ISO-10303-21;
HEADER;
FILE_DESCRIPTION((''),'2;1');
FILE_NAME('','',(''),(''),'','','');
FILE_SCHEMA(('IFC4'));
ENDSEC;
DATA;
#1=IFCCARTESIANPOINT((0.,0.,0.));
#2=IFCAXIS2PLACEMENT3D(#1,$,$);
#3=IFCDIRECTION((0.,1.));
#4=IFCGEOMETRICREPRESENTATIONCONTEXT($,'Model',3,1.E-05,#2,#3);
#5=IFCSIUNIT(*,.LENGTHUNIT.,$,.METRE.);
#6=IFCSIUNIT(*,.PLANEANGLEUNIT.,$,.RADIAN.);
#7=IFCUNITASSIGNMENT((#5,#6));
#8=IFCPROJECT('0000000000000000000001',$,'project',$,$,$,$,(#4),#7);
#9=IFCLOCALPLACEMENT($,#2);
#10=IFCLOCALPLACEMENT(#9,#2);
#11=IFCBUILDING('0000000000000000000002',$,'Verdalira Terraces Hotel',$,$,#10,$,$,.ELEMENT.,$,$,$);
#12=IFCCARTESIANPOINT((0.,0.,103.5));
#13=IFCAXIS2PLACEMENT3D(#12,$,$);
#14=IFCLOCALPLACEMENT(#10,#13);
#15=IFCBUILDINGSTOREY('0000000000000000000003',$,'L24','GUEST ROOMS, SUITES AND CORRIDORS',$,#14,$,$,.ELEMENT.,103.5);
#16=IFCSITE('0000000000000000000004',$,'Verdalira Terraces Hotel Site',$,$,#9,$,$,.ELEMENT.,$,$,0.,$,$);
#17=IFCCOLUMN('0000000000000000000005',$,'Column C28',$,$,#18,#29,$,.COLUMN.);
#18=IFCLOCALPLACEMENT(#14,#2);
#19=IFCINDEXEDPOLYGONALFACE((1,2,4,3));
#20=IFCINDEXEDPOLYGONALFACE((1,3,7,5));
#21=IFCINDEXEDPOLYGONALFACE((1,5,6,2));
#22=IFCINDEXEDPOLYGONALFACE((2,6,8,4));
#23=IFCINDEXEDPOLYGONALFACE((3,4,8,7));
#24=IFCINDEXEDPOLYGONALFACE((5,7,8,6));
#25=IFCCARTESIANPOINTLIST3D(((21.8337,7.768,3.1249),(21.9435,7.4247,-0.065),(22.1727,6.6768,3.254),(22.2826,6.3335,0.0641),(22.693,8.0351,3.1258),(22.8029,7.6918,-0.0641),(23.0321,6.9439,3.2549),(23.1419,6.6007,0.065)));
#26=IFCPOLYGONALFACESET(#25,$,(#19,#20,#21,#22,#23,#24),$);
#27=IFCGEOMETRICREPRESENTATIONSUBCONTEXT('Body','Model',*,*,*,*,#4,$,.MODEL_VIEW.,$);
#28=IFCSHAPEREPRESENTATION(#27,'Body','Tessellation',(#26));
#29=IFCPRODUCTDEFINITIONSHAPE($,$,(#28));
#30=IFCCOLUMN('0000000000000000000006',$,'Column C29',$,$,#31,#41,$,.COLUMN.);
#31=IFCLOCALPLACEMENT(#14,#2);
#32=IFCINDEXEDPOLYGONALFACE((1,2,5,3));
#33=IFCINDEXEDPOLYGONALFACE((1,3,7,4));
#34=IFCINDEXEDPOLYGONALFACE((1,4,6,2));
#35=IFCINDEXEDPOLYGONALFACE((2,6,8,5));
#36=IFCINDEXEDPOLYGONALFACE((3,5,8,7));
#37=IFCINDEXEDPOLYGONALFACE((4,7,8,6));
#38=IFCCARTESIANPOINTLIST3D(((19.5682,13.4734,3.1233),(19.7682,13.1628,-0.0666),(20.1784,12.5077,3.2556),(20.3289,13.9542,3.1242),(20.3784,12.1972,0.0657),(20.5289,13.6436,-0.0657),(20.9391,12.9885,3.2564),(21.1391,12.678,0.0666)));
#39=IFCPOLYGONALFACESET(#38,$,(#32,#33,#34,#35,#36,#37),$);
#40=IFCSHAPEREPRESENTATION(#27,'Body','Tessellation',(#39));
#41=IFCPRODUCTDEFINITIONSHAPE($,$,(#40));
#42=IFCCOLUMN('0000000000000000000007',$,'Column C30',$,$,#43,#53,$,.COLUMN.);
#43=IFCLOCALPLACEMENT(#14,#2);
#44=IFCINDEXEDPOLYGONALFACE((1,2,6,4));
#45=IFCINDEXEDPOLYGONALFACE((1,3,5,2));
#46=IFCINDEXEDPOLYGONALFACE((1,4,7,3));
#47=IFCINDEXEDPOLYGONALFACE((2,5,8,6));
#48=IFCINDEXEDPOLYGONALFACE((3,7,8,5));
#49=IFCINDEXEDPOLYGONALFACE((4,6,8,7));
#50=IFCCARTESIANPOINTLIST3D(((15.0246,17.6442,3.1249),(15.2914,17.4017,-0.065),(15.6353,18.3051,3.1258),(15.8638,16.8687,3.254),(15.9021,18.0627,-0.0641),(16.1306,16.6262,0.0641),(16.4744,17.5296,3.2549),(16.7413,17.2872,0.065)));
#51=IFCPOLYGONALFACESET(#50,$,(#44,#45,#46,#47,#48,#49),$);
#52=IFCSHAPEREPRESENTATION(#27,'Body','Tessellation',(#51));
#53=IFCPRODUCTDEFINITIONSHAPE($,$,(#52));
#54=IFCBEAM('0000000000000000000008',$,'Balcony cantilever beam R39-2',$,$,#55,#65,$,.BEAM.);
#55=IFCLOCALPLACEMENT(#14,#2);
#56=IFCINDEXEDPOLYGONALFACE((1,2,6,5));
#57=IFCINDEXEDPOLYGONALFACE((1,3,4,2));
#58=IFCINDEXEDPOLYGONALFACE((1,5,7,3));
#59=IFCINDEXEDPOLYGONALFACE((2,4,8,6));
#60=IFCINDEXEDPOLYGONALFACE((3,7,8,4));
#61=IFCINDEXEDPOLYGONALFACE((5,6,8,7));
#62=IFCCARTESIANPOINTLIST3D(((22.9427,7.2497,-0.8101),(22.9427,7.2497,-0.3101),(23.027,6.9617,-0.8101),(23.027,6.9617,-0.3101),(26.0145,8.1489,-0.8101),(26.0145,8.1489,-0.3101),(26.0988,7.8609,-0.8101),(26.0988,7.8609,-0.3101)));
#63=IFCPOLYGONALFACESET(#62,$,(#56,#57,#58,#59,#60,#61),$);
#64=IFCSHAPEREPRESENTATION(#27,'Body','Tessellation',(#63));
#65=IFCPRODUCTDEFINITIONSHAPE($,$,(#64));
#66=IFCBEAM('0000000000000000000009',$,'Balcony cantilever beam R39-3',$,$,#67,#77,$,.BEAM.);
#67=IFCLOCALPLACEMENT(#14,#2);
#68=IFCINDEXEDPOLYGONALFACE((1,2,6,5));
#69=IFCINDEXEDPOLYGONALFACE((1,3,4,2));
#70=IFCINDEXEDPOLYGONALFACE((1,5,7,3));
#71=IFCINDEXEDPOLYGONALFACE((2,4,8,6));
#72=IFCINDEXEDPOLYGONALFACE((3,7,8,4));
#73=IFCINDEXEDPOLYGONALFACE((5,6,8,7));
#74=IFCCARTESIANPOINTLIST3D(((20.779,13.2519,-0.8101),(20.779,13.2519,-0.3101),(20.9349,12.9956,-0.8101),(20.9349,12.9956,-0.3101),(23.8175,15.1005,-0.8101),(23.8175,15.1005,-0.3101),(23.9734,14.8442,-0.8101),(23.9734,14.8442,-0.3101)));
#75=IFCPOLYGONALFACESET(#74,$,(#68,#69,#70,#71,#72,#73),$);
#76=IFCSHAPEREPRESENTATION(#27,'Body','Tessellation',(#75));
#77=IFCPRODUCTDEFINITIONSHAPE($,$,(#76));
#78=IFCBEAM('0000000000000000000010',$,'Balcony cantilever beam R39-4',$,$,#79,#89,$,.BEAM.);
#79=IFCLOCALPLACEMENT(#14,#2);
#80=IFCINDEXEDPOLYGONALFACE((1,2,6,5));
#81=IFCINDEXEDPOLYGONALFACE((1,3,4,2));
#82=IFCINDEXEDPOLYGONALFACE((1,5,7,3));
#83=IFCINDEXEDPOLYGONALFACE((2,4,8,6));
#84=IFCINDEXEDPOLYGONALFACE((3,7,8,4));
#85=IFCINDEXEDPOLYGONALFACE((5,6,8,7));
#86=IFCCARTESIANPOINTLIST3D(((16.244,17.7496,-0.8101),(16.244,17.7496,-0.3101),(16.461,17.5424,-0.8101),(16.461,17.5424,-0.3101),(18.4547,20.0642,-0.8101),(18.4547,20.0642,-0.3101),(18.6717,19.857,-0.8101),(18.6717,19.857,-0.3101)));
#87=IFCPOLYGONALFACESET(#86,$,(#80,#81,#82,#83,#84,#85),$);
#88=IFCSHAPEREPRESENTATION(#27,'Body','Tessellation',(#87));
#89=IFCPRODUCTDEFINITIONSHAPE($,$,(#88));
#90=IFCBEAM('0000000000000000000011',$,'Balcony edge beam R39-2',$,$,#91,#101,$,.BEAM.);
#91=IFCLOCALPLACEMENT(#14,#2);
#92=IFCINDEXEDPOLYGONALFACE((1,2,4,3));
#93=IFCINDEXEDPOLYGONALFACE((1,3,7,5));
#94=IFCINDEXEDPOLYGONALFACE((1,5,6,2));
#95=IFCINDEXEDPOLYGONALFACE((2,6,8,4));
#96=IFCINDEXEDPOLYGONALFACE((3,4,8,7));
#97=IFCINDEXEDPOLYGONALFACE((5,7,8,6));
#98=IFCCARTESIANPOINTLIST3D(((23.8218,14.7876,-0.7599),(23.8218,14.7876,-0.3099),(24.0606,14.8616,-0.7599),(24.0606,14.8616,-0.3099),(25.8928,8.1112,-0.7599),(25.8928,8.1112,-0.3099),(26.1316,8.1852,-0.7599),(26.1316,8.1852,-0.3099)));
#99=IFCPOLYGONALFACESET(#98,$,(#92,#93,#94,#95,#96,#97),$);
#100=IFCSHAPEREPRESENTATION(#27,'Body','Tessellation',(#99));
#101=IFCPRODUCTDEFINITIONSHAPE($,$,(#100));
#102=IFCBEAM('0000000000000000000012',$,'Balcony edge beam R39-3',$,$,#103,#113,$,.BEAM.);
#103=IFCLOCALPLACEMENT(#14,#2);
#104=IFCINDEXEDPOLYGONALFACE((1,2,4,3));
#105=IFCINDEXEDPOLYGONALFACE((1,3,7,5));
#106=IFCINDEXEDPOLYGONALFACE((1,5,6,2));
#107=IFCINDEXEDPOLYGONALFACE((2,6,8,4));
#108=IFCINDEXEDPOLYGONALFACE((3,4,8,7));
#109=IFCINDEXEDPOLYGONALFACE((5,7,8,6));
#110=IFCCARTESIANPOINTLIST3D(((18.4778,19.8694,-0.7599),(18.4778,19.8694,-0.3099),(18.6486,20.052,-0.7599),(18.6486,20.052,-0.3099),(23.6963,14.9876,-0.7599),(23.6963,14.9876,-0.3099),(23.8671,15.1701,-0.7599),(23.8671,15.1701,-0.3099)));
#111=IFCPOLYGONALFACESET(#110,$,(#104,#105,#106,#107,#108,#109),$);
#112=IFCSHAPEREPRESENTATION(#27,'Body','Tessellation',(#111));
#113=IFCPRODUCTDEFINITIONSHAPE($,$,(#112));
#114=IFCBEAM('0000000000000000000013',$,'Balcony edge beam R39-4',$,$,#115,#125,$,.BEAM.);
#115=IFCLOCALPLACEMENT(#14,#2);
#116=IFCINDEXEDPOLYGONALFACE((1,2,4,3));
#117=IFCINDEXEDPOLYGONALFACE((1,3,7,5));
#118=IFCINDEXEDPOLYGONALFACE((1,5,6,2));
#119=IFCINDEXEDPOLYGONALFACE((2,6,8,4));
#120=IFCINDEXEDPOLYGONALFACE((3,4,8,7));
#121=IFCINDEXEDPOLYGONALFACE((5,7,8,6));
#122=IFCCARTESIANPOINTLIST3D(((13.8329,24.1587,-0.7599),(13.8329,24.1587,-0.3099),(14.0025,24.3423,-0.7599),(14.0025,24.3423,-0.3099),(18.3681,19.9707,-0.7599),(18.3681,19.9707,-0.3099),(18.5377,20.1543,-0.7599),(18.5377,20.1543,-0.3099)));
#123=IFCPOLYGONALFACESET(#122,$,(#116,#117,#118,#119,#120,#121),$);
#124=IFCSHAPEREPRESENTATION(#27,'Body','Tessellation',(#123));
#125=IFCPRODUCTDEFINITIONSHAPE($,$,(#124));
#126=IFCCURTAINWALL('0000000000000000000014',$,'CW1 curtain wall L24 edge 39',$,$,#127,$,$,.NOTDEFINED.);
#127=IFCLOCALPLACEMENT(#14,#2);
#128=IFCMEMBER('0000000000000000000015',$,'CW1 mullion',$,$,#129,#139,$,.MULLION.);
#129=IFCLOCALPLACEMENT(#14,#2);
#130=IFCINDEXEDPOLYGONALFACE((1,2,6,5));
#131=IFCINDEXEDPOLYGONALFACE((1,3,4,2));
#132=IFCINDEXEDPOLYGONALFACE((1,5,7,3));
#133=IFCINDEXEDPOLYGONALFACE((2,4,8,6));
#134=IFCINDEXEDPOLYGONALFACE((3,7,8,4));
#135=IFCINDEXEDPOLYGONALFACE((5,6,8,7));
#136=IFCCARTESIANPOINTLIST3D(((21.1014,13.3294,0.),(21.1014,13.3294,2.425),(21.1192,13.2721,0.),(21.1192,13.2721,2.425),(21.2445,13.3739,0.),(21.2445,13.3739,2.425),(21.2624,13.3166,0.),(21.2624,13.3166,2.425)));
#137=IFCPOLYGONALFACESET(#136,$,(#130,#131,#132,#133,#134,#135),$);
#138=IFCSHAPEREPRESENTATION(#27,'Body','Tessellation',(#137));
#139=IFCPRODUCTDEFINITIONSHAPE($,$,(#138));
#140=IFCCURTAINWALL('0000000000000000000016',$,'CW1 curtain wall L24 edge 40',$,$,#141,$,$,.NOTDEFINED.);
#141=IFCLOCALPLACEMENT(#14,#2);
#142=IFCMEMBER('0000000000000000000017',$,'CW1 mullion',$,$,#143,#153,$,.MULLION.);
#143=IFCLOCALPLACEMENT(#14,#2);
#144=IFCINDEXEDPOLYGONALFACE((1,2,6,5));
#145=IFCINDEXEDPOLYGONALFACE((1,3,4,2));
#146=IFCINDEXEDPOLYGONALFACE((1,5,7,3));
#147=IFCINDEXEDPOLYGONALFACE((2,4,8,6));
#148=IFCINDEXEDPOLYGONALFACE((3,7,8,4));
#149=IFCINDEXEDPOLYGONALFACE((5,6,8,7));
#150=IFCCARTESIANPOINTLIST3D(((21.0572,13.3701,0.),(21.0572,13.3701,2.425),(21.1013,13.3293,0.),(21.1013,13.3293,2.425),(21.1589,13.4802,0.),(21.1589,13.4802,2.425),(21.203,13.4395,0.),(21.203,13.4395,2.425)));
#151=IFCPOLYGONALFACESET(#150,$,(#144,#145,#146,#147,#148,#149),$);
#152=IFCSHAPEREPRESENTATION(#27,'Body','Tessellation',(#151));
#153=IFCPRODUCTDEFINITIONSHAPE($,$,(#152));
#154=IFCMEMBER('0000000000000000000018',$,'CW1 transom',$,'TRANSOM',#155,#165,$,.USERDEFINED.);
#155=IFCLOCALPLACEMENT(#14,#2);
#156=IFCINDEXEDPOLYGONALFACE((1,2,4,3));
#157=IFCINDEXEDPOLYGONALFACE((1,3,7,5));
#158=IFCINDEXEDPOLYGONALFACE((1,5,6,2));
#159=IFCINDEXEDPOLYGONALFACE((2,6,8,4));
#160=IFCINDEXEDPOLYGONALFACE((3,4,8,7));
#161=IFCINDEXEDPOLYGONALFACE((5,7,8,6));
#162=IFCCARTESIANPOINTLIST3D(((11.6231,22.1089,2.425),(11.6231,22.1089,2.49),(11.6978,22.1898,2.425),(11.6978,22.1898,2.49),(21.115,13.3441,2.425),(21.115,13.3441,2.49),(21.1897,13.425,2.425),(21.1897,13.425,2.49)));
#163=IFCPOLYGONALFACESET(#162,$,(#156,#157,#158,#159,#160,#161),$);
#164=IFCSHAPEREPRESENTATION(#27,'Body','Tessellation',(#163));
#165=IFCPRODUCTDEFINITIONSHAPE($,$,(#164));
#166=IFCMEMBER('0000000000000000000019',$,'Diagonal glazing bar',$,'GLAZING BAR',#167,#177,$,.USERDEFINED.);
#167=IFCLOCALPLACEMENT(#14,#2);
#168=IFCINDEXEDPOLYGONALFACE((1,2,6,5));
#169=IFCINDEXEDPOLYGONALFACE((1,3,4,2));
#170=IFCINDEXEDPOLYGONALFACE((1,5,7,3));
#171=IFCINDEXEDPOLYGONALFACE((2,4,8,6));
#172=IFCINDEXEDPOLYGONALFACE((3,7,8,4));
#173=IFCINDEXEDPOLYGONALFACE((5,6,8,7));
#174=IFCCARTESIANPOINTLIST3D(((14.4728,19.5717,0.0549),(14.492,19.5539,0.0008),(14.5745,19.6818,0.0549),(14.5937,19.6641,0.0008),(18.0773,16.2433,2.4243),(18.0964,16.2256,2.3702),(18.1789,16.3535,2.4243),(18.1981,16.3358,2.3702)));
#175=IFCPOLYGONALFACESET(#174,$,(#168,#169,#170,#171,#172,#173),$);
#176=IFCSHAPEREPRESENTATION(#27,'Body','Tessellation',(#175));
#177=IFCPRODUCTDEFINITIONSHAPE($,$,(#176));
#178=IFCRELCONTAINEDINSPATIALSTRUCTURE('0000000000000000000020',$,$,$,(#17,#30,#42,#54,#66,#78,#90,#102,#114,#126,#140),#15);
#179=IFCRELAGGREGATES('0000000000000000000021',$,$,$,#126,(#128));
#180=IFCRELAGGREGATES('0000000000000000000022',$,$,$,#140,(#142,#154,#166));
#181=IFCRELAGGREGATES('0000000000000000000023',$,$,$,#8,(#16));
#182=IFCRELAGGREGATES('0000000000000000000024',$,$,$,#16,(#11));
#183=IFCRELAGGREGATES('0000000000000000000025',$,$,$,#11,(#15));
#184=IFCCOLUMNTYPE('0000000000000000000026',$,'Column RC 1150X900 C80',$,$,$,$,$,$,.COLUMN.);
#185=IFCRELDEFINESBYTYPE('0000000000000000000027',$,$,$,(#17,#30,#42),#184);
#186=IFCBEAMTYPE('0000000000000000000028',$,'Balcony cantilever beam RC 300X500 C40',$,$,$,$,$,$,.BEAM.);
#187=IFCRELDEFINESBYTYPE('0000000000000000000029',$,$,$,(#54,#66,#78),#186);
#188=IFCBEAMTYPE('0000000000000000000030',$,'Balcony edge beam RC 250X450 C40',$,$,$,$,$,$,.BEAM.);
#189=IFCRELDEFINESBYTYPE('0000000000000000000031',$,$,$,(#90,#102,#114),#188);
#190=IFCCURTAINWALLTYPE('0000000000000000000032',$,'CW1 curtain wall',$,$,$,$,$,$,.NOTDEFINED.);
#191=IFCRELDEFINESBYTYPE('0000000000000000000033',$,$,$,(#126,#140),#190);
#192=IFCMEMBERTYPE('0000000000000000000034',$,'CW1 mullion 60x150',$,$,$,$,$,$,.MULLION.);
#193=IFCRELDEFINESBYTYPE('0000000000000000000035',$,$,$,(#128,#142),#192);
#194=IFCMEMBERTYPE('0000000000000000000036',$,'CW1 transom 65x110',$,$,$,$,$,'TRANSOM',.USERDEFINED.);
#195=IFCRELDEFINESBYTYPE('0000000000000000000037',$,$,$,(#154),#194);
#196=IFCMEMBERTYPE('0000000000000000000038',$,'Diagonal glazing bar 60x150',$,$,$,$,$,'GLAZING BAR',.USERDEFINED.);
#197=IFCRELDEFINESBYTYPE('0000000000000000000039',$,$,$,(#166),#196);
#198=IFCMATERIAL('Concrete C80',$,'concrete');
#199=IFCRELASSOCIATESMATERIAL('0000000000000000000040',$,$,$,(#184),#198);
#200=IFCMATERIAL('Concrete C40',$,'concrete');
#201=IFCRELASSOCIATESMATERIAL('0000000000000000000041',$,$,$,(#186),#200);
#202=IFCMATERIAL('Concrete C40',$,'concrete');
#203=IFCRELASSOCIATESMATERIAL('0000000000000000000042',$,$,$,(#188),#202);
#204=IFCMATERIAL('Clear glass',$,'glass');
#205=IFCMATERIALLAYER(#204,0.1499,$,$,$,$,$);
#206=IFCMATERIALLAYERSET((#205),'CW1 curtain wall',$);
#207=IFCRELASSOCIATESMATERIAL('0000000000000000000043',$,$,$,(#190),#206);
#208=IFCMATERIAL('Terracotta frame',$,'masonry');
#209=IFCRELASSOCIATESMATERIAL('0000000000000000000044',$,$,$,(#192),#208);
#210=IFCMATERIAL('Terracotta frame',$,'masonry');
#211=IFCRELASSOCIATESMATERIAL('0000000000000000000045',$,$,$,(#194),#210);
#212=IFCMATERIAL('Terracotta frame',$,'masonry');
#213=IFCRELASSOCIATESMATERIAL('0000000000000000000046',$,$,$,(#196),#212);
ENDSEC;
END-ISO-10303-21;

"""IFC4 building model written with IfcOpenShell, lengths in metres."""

from ifc_helpers import new_model, si_unit, direction, frame, origin, origin_2d, place, context, subcontext, project, spatial, rectangle, extrude, material, layer, layer_set, material_profile, profile_set, type_object, element, aggregate, save


model = new_model("IFC4")

# Units and contexts
model_context = context("Model", 3, precision=1e-05, world=origin(), true_north=direction((0.0, 1.0)))
body_context = subcontext(model_context, "Body", "Model", "MODEL_VIEW")
ifc_project = project(units=[si_unit("LENGTHUNIT", "METRE"), si_unit("PLANEANGLEUNIT", "RADIAN")], contexts=[model_context])

# Site, building, storey
site_placement = place(None, origin())
site = spatial("IfcSite", under=ifc_project, at=site_placement, Name="Verdalira Terraces Hotel Site", CompositionType="ELEMENT", RefElevation=0.0)
building_placement = place(site_placement, origin())
building = spatial("IfcBuilding", under=site, at=building_placement, Name="Verdalira Terraces Hotel", CompositionType="ELEMENT")
storey_placement = place(building_placement, frame((0.0, 0.0, 103.5)))
storey = spatial("IfcBuildingStorey", under=building, at=storey_placement, Name="L24", Description="GUEST ROOMS, SUITES AND CORRIDORS", CompositionType="ELEMENT", Elevation=103.5)

# Columns
ifc_material_1 = material(Name="Concrete C80", Category="concrete")
ifc_material_profile_1 = material_profile(ifc_material_1, rectangle(XDim=1.1499, YDim=0.8999, at=origin_2d()), Name="RC 1150X900")
ifc_profile_set_1 = profile_set([ifc_material_profile_1], Name="Concrete C80")
column_type = type_object("IfcColumnType", Name="Column RC 1150X900 C80", PredefinedType="COLUMN", material=ifc_profile_set_1)
column_1_placement = place(storey_placement, frame((22.5427, 7.0127, 0.0), z_axis=(-0.034223, 0.106927, 0.993678), x_axis=(-0.294857, 0.948924, -0.112266)))
element("IfcColumn", 1, at=column_1_placement, inside=storey, type_object=column_type, Name="Column C28", PredefinedType="COLUMN", context=body_context, shape_type="SweptSolid", body=[
    extrude(rectangle(XDim=1.1499, YDim=0.8999, at=origin_2d()), origin(), (0.0, 0.0, 1.0), 3.2102),
])
column_2_placement = place(storey_placement, frame((20.4536, 12.9204, 0.0), z_axis=(-0.062266, 0.096706, 0.993363), x_axis=(0.530656, -0.839747, 0.115013)))
element("IfcColumn", 2, at=column_2_placement, inside=storey, type_object=column_type, Name="Column C29", PredefinedType="COLUMN", context=body_context, shape_type="SweptSolid", body=[
    extrude(rectangle(XDim=1.1499, YDim=0.8999, at=origin_2d()), origin(), (0.0, 0.0, 1.0), 3.2112),
])
column_3_placement = place(storey_placement, frame((16.0164, 17.3445, 0.0), z_axis=(-0.083123, 0.075518, 0.993674), x_axis=(-0.729776, 0.6744, -0.112301)))
element("IfcColumn", 3, at=column_3_placement, inside=storey, type_object=column_type, Name="Column C30", PredefinedType="COLUMN", context=body_context, shape_type="SweptSolid", body=[
    extrude(rectangle(XDim=1.1499, YDim=0.8999, at=origin_2d()), origin(), (0.0, 0.0, 1.0), 3.2102),
])

# Beams
ifc_material_2 = material(Name="Concrete C40", Category="concrete")
ifc_material_profile_2 = material_profile(ifc_material_2, rectangle(XDim=0.3, YDim=0.5, at=origin_2d()), Name="RC 300X500")
ifc_profile_set_2 = profile_set([ifc_material_profile_2], Name="Concrete C40")
beam_type_1 = type_object("IfcBeamType", Name="Balcony cantilever beam RC 300X500 C40", PredefinedType="BEAM", material=ifc_profile_set_2)
beam_1_placement = place(storey_placement, frame((22.9849, 7.1057, -0.5601), z_axis=(0.959728, 0.280931, 0.0), x_axis=(-0.280931, 0.959728, 0.0)))
element("IfcBeam", 4, at=beam_1_placement, inside=storey, type_object=beam_type_1, Name="Balcony cantilever beam R39-2", PredefinedType="BEAM", context=body_context, shape_type="SweptSolid", body=[
    extrude(rectangle(XDim=0.3, YDim=0.5, at=origin_2d()), origin(), (0.0, 0.0, 1.0), 3.2007),
])
beam_2_placement = place(storey_placement, frame((20.8569, 13.1238, -0.5601), z_axis=(0.854315, 0.519755, 0.0), x_axis=(-0.519755, 0.854315, 0.0)))
element("IfcBeam", 5, at=beam_2_placement, inside=storey, type_object=beam_type_1, Name="Balcony cantilever beam R39-3", PredefinedType="BEAM", context=body_context, shape_type="SweptSolid", body=[
    extrude(rectangle(XDim=0.3, YDim=0.5, at=origin_2d()), origin(), (0.0, 0.0, 1.0), 3.5566),
])
beam_3_placement = place(storey_placement, frame((16.3525, 17.646, -0.5601), z_axis=(0.690673, 0.723167, 0.0), x_axis=(-0.723167, 0.690673, 0.0)))
element("IfcBeam", 6, at=beam_3_placement, inside=storey, type_object=beam_type_1, Name="Balcony cantilever beam R39-4", PredefinedType="BEAM", context=body_context, shape_type="SweptSolid", body=[
    extrude(rectangle(XDim=0.3, YDim=0.5, at=origin_2d()), origin(), (0.0, 0.0, 1.0), 3.2007),
])
ifc_material_3 = material(Name="Concrete C40", Category="concrete")
ifc_material_profile_3 = material_profile(ifc_material_3, rectangle(XDim=0.25, YDim=0.45, at=origin_2d()), Name="RC 250X450")
ifc_profile_set_3 = profile_set([ifc_material_profile_3], Name="Concrete C40")
beam_type_2 = type_object("IfcBeamType", Name="Balcony edge beam RC 250X450 C40", PredefinedType="BEAM", material=ifc_profile_set_3)
beam_4_placement = place(storey_placement, frame((26.0122, 8.1482, -0.5349), z_axis=(-0.296272, 0.955104, 0.0), x_axis=(-0.955104, -0.296272, 0.0)))
element("IfcBeam", 7, at=beam_4_placement, inside=storey, type_object=beam_type_2, Name="Balcony edge beam R39-2", PredefinedType="BEAM", context=body_context, shape_type="SweptSolid", body=[
    extrude(rectangle(XDim=0.25, YDim=0.45, at=origin_2d()), origin(), (0.0, 0.0, 1.0), 6.9902),
])
beam_5_placement = place(storey_placement, frame((23.7817, 15.0789, -0.5349), z_axis=(-0.730271, 0.683158, 0.0), x_axis=(-0.683158, -0.730271, 0.0)))
element("IfcBeam", 8, at=beam_5_placement, inside=storey, type_object=beam_type_2, Name="Balcony edge beam R39-3", PredefinedType="BEAM", context=body_context, shape_type="SweptSolid", body=[
    extrude(rectangle(XDim=0.25, YDim=0.45, at=origin_2d()), origin(), (0.0, 0.0, 1.0), 7.146),
])
beam_6_placement = place(storey_placement, frame((18.4529, 20.0625, -0.5349), z_axis=(-0.734667, 0.678428, 0.0), x_axis=(-0.678428, -0.734667, 0.0)))
element("IfcBeam", 9, at=beam_6_placement, inside=storey, type_object=beam_type_2, Name="Balcony edge beam R39-4", PredefinedType="BEAM", context=body_context, shape_type="SweptSolid", body=[
    extrude(rectangle(XDim=0.25, YDim=0.45, at=origin_2d()), origin(), (0.0, 0.0, 1.0), 6.1731),
])

# Curtain wall, member
ifc_material_4 = material(Name="Clear glass", Category="glass")
ifc_layer_1 = layer(ifc_material_4, 0.1499)
ifc_layer_set_1 = layer_set([ifc_layer_1], Name="CW1 curtain wall")
curtain_wall_type = type_object("IfcCurtainWallType", Name="CW1 curtain wall", PredefinedType="NOTDEFINED", material=ifc_layer_set_1)
curtain_wall_1_placement = place(storey_placement, origin())
curtain_wall_1 = element("IfcCurtainWall", 10, at=curtain_wall_1_placement, inside=storey, type_object=curtain_wall_type, Name="CW1 curtain wall L24 edge 39", PredefinedType="NOTDEFINED")
ifc_material_5 = material(Name="Terracotta frame", Category="masonry")
ifc_material_profile_4 = material_profile(ifc_material_5, rectangle(XDim=0.0601, YDim=0.1499, at=origin_2d()), Name="MU 60x150")
ifc_profile_set_4 = profile_set([ifc_material_profile_4], Name="Terracotta frame")
member_type_1 = type_object("IfcMemberType", Name="CW1 mullion 60x150", PredefinedType="MULLION", material=ifc_profile_set_4)
member_1_placement = place(storey_placement, frame((21.1819, 13.323, 0.0), z_axis=(0.0, 0.0, 1.0), x_axis=(-0.297042, 0.954865, 0.0)))
member_1 = element("IfcMember", 11, at=member_1_placement, type_object=member_type_1, Name="CW1 mullion", PredefinedType="MULLION", context=body_context, shape_type="SweptSolid", body=[
    extrude(rectangle(XDim=0.0601, YDim=0.1499, at=origin_2d()), origin(), (0.0, 0.0, 1.0), 2.425),
])

# Curtain wall, members
curtain_wall_2_placement = place(storey_placement, origin())
curtain_wall_2 = element("IfcCurtainWall", 12, at=curtain_wall_2_placement, inside=storey, type_object=curtain_wall_type, Name="CW1 curtain wall L24 edge 40", PredefinedType="NOTDEFINED")
member_2_placement = place(storey_placement, frame((21.1301, 13.4048, 0.0), z_axis=(0.0, 0.0, 1.0), x_axis=(-0.734678, 0.678416, 0.0)))
member_2 = element("IfcMember", 13, at=member_2_placement, type_object=member_type_1, Name="CW1 mullion", PredefinedType="MULLION", context=body_context, shape_type="SweptSolid", body=[
    extrude(rectangle(XDim=0.0601, YDim=0.1499, at=origin_2d()), origin(), (0.0, 0.0, 1.0), 2.425),
])
ifc_material_6 = material(Name="Terracotta frame", Category="masonry")
ifc_material_profile_5 = material_profile(ifc_material_6, rectangle(XDim=0.1101, YDim=0.0649, at=origin_2d()), Name="TR 65x110")
ifc_profile_set_5 = profile_set([ifc_material_profile_5], Name="Terracotta frame")
member_type_2 = type_object("IfcMemberType", Name="CW1 transom 65x110", ElementType="TRANSOM", PredefinedType="USERDEFINED", material=ifc_profile_set_5)
member_3_placement = place(storey_placement, frame((21.1523, 13.3845, 2.4575), z_axis=(-0.734684, 0.67841, 0.0), x_axis=(-0.67841, -0.734684, 0.0)))
member_3 = element("IfcMember", 14, at=member_3_placement, type_object=member_type_2, Name="CW1 transom", ObjectType="TRANSOM", PredefinedType="USERDEFINED", context=body_context, shape_type="SweptSolid", body=[
    extrude(rectangle(XDim=0.1101, YDim=0.0649, at=origin_2d()), origin(), (0.0, 0.0, 1.0), 12.9197),
])
ifc_material_7 = material(Name="Terracotta frame", Category="masonry")
ifc_material_profile_6 = material_profile(ifc_material_7, rectangle(XDim=0.1499, YDim=0.0601, at=origin_2d()), Name="GB 60x150")
ifc_profile_set_6 = profile_set([ifc_material_profile_6], Name="Terracotta frame")
member_type_3 = type_object("IfcMemberType", Name="Diagonal glazing bar 60x150", ElementType="GLAZING BAR", PredefinedType="USERDEFINED", material=ifc_profile_set_6)
member_4_placement = place(storey_placement, frame((18.1377, 16.2896, 2.3972), z_axis=(-0.661576, 0.610896, -0.434882), x_axis=(-0.678406, -0.734687, 0.0)))
member_4 = element("IfcMember", 15, at=member_4_placement, type_object=member_type_3, Name="Diagonal glazing bar", ObjectType="GLAZING BAR", PredefinedType="USERDEFINED", context=body_context, shape_type="SweptSolid", body=[
    extrude(rectangle(XDim=0.1499, YDim=0.0601, at=origin_2d()), origin(), (0.0, 0.0, 1.0), 5.4482),
])

aggregate(curtain_wall_1, [member_1])
aggregate(curtain_wall_2, [member_2, member_3, member_4])

save(model, "model.ifc")
